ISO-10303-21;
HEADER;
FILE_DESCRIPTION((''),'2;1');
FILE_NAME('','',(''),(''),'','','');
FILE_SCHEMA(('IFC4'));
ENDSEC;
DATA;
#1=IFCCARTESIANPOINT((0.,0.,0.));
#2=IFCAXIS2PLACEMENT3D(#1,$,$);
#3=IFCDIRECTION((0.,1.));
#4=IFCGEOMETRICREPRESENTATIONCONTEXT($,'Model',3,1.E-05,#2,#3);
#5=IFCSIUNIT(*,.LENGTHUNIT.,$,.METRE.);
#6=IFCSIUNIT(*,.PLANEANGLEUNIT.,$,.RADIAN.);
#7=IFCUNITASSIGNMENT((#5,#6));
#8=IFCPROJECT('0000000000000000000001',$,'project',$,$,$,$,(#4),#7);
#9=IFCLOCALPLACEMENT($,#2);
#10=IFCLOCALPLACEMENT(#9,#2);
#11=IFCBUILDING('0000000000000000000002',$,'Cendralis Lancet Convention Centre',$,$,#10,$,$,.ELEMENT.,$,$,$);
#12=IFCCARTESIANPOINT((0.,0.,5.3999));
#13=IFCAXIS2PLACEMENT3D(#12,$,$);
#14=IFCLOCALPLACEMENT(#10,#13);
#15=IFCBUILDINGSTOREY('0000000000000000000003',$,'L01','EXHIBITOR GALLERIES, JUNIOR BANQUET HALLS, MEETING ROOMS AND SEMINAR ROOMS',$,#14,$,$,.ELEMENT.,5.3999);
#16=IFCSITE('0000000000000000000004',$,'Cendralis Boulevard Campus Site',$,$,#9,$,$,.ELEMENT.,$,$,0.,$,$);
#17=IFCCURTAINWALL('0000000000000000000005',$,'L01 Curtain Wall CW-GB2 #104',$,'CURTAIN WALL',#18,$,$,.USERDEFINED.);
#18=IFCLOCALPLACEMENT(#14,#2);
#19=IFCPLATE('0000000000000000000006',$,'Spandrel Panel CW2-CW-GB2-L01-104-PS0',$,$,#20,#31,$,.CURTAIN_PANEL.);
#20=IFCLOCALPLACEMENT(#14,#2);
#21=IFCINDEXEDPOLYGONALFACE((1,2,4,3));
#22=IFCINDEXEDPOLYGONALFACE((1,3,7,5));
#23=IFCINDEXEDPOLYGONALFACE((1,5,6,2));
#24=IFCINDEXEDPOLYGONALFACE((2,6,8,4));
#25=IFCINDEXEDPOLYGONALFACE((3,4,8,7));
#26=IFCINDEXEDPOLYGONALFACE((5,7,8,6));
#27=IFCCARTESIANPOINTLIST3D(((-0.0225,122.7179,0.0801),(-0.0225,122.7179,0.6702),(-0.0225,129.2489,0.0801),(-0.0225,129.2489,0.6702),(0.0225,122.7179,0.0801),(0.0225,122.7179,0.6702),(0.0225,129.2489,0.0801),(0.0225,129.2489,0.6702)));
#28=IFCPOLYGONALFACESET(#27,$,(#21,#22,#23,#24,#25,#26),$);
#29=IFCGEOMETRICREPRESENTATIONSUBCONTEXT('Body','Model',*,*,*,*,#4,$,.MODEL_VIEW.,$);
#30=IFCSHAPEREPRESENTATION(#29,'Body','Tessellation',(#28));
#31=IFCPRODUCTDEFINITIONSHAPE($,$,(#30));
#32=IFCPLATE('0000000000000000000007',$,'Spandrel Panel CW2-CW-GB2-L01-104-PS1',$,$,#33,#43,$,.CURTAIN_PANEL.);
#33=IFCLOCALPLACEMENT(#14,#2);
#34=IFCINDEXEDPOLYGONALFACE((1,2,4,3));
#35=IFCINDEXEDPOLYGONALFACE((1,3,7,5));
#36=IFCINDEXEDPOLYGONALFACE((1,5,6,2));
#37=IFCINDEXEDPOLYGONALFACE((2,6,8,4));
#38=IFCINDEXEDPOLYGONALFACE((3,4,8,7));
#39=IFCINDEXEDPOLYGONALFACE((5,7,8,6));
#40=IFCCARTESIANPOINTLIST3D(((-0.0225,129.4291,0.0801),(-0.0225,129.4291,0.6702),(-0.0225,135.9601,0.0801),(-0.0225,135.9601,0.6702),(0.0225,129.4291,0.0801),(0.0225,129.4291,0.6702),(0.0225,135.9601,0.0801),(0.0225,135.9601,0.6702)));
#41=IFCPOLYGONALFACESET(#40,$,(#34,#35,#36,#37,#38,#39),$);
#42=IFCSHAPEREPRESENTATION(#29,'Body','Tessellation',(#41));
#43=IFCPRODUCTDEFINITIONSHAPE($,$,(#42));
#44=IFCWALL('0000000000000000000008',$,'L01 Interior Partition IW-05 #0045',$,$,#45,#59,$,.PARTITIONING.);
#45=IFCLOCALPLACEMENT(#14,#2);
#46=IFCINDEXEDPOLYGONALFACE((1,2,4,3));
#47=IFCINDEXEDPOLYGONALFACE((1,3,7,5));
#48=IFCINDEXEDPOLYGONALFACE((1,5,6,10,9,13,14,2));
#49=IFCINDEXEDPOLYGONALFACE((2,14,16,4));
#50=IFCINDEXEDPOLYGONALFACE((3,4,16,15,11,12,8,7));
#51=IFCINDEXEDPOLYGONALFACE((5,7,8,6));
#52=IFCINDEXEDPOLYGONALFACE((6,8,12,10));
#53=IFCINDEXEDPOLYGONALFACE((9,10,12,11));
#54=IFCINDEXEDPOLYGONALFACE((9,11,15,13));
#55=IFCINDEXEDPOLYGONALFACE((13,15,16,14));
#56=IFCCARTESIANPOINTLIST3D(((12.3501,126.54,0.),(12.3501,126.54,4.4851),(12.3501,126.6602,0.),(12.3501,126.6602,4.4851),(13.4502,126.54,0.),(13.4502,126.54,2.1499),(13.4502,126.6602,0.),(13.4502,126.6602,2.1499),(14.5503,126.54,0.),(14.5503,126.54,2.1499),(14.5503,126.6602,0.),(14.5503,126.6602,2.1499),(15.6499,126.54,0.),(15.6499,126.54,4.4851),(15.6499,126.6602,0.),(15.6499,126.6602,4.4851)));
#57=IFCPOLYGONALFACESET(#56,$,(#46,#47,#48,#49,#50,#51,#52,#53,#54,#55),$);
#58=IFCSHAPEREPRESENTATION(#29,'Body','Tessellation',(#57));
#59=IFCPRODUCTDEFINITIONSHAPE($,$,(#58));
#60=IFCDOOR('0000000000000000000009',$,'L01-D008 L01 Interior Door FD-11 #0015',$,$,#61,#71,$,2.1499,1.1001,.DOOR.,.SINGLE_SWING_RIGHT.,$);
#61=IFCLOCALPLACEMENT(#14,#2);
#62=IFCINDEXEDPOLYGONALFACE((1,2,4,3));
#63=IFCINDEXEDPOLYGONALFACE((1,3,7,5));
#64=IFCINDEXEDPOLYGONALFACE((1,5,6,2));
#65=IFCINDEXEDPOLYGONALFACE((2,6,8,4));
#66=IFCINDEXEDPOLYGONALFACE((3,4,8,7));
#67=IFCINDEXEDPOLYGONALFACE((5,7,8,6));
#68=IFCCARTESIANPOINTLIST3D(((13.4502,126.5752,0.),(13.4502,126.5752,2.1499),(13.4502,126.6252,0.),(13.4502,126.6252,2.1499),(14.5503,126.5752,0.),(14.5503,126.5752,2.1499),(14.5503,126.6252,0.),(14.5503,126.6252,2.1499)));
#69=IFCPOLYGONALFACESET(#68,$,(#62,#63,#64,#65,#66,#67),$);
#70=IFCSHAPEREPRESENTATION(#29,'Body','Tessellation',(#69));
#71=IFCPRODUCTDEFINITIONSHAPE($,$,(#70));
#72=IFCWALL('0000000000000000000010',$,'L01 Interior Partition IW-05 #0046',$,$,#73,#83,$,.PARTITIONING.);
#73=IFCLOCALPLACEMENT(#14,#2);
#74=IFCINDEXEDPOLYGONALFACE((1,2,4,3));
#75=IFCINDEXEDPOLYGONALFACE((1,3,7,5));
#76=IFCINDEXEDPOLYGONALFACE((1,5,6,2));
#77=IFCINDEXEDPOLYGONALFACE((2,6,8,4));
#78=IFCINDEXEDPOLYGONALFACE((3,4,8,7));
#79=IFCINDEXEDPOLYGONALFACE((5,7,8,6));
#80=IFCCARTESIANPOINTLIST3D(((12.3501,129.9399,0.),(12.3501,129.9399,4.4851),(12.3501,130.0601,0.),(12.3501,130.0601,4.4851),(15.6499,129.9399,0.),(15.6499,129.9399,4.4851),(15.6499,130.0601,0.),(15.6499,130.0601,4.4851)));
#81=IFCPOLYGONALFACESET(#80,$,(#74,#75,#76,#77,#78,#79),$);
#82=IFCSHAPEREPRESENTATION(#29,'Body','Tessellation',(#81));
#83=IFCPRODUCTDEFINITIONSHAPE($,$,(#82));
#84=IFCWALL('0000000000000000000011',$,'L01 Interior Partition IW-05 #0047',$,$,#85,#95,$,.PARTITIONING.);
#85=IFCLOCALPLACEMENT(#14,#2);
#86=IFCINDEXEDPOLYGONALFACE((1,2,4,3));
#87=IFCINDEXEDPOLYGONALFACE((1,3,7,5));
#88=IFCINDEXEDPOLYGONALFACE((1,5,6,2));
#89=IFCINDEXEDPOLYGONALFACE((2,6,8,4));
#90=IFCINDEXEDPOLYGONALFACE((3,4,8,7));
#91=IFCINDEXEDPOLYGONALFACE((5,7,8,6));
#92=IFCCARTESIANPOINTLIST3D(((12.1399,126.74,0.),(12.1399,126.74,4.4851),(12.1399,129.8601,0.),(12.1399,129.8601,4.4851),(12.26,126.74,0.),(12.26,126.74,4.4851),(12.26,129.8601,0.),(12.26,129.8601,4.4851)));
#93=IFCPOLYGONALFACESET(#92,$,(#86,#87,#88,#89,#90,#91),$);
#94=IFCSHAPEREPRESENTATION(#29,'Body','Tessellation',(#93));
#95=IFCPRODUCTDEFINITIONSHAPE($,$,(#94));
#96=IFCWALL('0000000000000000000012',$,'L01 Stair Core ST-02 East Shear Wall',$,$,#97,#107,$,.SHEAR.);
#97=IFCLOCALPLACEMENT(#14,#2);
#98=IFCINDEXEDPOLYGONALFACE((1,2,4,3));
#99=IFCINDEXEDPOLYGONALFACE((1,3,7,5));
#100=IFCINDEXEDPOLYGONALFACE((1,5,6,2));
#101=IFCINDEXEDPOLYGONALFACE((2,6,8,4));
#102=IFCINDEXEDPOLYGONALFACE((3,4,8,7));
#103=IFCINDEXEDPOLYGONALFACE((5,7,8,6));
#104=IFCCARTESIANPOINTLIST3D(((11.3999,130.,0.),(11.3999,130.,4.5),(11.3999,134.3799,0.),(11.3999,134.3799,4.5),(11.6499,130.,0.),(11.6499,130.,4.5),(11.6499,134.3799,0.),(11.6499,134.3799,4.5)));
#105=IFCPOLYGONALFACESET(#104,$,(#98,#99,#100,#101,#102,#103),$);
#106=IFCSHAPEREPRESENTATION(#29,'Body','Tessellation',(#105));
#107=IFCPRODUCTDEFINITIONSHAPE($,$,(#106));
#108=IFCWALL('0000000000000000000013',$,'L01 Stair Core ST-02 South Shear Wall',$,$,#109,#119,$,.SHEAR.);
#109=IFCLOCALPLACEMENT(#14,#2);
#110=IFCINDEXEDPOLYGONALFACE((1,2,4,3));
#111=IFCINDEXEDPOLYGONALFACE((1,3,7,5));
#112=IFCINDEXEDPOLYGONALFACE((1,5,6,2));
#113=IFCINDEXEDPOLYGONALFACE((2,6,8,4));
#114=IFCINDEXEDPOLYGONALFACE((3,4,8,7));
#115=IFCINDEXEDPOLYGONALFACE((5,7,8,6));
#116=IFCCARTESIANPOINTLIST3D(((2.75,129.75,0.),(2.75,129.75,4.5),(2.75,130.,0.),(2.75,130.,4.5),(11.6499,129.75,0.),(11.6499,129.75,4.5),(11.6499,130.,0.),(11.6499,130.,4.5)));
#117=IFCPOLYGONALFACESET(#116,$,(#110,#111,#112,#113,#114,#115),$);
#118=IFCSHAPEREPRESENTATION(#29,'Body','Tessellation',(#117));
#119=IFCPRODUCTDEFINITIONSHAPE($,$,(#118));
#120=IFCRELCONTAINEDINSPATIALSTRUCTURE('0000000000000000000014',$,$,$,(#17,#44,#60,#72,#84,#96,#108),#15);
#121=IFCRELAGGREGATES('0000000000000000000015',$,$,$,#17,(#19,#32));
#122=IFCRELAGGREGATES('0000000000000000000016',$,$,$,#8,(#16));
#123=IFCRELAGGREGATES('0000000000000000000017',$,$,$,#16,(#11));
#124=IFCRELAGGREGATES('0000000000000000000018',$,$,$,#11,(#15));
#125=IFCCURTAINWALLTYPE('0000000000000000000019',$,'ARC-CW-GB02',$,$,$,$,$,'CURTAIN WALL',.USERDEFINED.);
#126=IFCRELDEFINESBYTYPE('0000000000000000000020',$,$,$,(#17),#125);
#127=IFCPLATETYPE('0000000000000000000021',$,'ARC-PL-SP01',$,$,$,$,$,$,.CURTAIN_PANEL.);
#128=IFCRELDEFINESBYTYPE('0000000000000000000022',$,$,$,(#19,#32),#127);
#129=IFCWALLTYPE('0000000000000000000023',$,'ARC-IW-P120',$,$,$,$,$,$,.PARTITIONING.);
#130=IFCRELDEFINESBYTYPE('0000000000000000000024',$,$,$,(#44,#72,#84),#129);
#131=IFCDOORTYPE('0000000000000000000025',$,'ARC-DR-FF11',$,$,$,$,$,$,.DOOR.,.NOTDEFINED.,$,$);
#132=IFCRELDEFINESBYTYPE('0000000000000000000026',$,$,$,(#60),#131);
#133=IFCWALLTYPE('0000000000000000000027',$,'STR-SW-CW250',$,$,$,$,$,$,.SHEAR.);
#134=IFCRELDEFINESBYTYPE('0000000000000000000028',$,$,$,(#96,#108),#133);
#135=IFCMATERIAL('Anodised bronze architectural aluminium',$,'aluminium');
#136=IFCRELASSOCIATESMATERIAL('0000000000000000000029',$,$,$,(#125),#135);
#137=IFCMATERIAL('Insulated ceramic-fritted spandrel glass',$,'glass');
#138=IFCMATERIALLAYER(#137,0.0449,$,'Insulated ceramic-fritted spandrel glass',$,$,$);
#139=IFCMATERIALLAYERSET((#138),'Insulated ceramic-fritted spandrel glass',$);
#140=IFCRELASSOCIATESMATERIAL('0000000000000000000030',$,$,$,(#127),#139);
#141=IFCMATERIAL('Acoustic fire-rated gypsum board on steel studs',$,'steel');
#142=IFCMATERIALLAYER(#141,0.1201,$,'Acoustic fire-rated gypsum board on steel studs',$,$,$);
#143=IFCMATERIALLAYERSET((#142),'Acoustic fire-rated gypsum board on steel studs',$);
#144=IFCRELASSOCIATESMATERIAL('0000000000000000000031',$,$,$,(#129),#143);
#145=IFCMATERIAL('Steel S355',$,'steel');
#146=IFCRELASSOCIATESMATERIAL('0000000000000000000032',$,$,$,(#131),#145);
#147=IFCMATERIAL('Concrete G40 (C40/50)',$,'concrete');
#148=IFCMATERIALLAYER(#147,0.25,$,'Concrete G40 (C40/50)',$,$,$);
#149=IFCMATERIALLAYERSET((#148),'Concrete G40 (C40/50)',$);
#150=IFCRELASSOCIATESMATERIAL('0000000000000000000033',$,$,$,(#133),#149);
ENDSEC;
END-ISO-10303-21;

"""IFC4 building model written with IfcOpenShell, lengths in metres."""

from ifc_helpers import new_model, si_unit, direction, frame, frame_2d, origin, origin_2d, place, context, subcontext, project, spatial, rectangle, extrude, material, layer, layer_set, type_object, element, fill, aggregate, save


model = new_model("IFC4")

# Units and contexts
model_context = context("Model", 3, precision=1e-05, world=origin(), true_north=direction((0.0, 1.0)))
body_context = subcontext(model_context, "Body", "Model", "MODEL_VIEW")
ifc_project = project(units=[si_unit("LENGTHUNIT", "METRE"), si_unit("PLANEANGLEUNIT", "RADIAN")], contexts=[model_context])

# Site, building, storey
site_placement = place(None, origin())
site = spatial("IfcSite", under=ifc_project, at=site_placement, Name="Cendralis Boulevard Campus Site", CompositionType="ELEMENT", RefElevation=0.0)
building_placement = place(site_placement, origin())
building = spatial("IfcBuilding", under=site, at=building_placement, Name="Cendralis Lancet Convention Centre", CompositionType="ELEMENT")
storey_placement = place(building_placement, frame((0.0, 0.0, 5.3999)))
storey = spatial("IfcBuildingStorey", under=building, at=storey_placement, Name="L01", Description="EXHIBITOR GALLERIES, JUNIOR BANQUET HALLS, MEETING ROOMS AND SEMINAR ROOMS", CompositionType="ELEMENT", Elevation=5.3999)

# Curtain wall
ifc_material_1 = material(Name="Anodised bronze architectural aluminium", Category="aluminium")
curtain_wall_type = type_object("IfcCurtainWallType", Name="ARC-CW-GB02", ElementType="CURTAIN WALL", PredefinedType="USERDEFINED", material=ifc_material_1)
curtain_wall_placement = place(storey_placement, origin())
curtain_wall = element("IfcCurtainWall", 1, at=curtain_wall_placement, inside=storey, type_object=curtain_wall_type, Name="L01 Curtain Wall CW-GB2 #104", ObjectType="CURTAIN WALL", PredefinedType="USERDEFINED")

# Shared definitions
ifc_material_2 = material(Name="Concrete G40 (C40/50)", Category="concrete")

# Plates
ifc_material_3 = material(Name="Insulated ceramic-fritted spandrel glass", Category="glass")
ifc_layer_1 = layer(ifc_material_3, 0.0449, Name="Insulated ceramic-fritted spandrel glass")
ifc_layer_set_1 = layer_set([ifc_layer_1], Name="Insulated ceramic-fritted spandrel glass")
plate_type_1 = type_object("IfcPlateType", Name="ARC-PL-SP01", PredefinedType="CURTAIN_PANEL", material=ifc_layer_set_1)
plate_1_placement = place(storey_placement, frame((0.0, 125.9834, 0.0801), z_axis=(0.0, 0.0, 1.0), x_axis=(0.0, 1.0, 0.0)))
plate_1 = element("IfcPlate", 2, at=plate_1_placement, type_object=plate_type_1, Name="Spandrel Panel CW2-CW-GB2-L01-104-PS0", PredefinedType="CURTAIN_PANEL", context=body_context, shape_type="SweptSolid", body=[
    extrude(rectangle(XDim=6.531, YDim=0.0449, at=origin_2d()), origin(), (0.0, 0.0, 1.0), 0.5901),
])
plate_2_placement = place(storey_placement, frame((0.0, 132.6946, 0.0801), z_axis=(0.0, 0.0, 1.0), x_axis=(0.0, 1.0, 0.0)))
plate_2 = element("IfcPlate", 3, at=plate_2_placement, type_object=plate_type_1, Name="Spandrel Panel CW2-CW-GB2-L01-104-PS1", PredefinedType="CURTAIN_PANEL", context=body_context, shape_type="SweptSolid", body=[
    extrude(rectangle(XDim=6.531, YDim=0.0449, at=origin_2d()), origin(), (0.0, 0.0, 1.0), 0.5901),
])
aggregate(curtain_wall, [plate_1, plate_2])

# Wall, opening, door
ifc_material_4 = material(Name="Acoustic fire-rated gypsum board on steel studs", Category="steel")
ifc_layer_2 = layer(ifc_material_4, 0.1201, Name="Acoustic fire-rated gypsum board on steel studs")
ifc_layer_set_2 = layer_set([ifc_layer_2], Name="Acoustic fire-rated gypsum board on steel studs")
wall_type_1 = type_object("IfcWallType", Name="ARC-IW-P120", PredefinedType="PARTITIONING", material=ifc_layer_set_2)
wall_1_placement = place(storey_placement, frame((12.3501, 126.6001, 0.0), z_axis=(0.0, 0.0, 1.0), x_axis=(1.0, 0.0, 0.0)))
wall_1 = element("IfcWall", 4, at=wall_1_placement, inside=storey, type_object=wall_type_1, Name="L01 Interior Partition IW-05 #0045", PredefinedType="PARTITIONING", context=body_context, shape_type="SweptSolid", body=[
    extrude(rectangle(XDim=3.2998, YDim=0.1201, at=frame_2d((1.6499, 0.0))), origin(), (0.0, 0.0, 1.0), 4.4851),
])
opening_1_placement = place(wall_1_placement, frame((1.1001, 0.0, 0.0)))
opening_1 = element("IfcOpeningElement", 5, at=opening_1_placement, cuts=wall_1, PredefinedType="OPENING", context=body_context, shape_type="SweptSolid", body=[
    extrude(rectangle(XDim=1.1001, YDim=2.1499, at=frame_2d((0.55, 1.075))), frame((0.0, 0.0701, 0.0), z_axis=(0.0, -1.0, 0.0), x_axis=(1.0, 0.0, 0.0)), (0.0, 0.0, 1.0), 0.1401),
])
ifc_material_5 = material(Name="Steel S355", Category="steel")
door_type_1 = type_object("IfcDoorType", Name="ARC-DR-FF11", OperationType="NOTDEFINED", PredefinedType="DOOR", material=ifc_material_5)
door_1_placement = place(opening_1_placement, frame((1.1001, 0.0, 0.0), z_axis=(0.0, 0.0, 1.0), x_axis=(-1.0, 0.0, 0.0)))
door_1 = element("IfcDoor", 6, at=door_1_placement, inside=storey, type_object=door_type_1, Name="L01-D008 L01 Interior Door FD-11 #0015", OperationType="SINGLE_SWING_RIGHT", OverallHeight=2.1499, OverallWidth=1.1001, PredefinedType="DOOR", context=body_context, shape_type="SweptSolid", body=[
    extrude(rectangle(XDim=1.1001, YDim=2.1499, at=frame_2d((0.55, 1.075))), frame((0.0, 0.0249, 0.0), z_axis=(0.0, -1.0, 0.0), x_axis=(1.0, 0.0, 0.0)), (0.0, 0.0, 1.0), 0.05),
])
fill(opening_1, door_1)

# Walls
wall_2_placement = place(storey_placement, frame((12.3501, 130.0, 0.0), z_axis=(0.0, 0.0, 1.0), x_axis=(1.0, 0.0, 0.0)))
element("IfcWall", 7, at=wall_2_placement, inside=storey, type_object=wall_type_1, Name="L01 Interior Partition IW-05 #0046", PredefinedType="PARTITIONING", context=body_context, shape_type="SweptSolid", body=[
    extrude(rectangle(XDim=3.2998, YDim=0.1201, at=frame_2d((1.6499, 0.0))), origin(), (0.0, 0.0, 1.0), 4.4851),
])
wall_3_placement = place(storey_placement, frame((12.2, 126.74, 0.0), z_axis=(0.0, 0.0, 1.0), x_axis=(0.0, 1.0, 0.0)))
element("IfcWall", 8, at=wall_3_placement, inside=storey, type_object=wall_type_1, Name="L01 Interior Partition IW-05 #0047", PredefinedType="PARTITIONING", context=body_context, shape_type="SweptSolid", body=[
    extrude(rectangle(XDim=3.1201, YDim=0.1201, at=frame_2d((1.5601, 0.0))), origin(), (0.0, 0.0, 1.0), 4.4851),
])

# Shared definitions
ifc_layer_3 = layer(ifc_material_2, 0.25, Name="Concrete G40 (C40/50)")
ifc_layer_set_3 = layer_set([ifc_layer_3], Name="Concrete G40 (C40/50)")
wall_type_2 = type_object("IfcWallType", Name="STR-SW-CW250", PredefinedType="SHEAR", material=ifc_layer_set_3)

# Walls
wall_4_placement = place(storey_placement, frame((11.5249, 130.0, 0.0), z_axis=(0.0, 0.0, 1.0), x_axis=(0.0, 1.0, 0.0)))
element("IfcWall", 9, at=wall_4_placement, inside=storey, type_object=wall_type_2, Name="L01 Stair Core ST-02 East Shear Wall", PredefinedType="SHEAR", context=body_context, shape_type="SweptSolid", body=[
    extrude(rectangle(XDim=4.3799, YDim=0.25, at=frame_2d((2.1899, 0.0))), origin(), (0.0, 0.0, 1.0), 4.5),
])
wall_5_placement = place(storey_placement, frame((2.75, 129.875, 0.0), z_axis=(0.0, 0.0, 1.0), x_axis=(1.0, 0.0, 0.0)))
element("IfcWall", 10, at=wall_5_placement, inside=storey, type_object=wall_type_2, Name="L01 Stair Core ST-02 South Shear Wall", PredefinedType="SHEAR", context=body_context, shape_type="SweptSolid", body=[
    extrude(rectangle(XDim=8.8999, YDim=0.25, at=frame_2d((4.45, 0.0))), origin(), (0.0, 0.0, 1.0), 4.5),
])

save(model, "model.ifc")
